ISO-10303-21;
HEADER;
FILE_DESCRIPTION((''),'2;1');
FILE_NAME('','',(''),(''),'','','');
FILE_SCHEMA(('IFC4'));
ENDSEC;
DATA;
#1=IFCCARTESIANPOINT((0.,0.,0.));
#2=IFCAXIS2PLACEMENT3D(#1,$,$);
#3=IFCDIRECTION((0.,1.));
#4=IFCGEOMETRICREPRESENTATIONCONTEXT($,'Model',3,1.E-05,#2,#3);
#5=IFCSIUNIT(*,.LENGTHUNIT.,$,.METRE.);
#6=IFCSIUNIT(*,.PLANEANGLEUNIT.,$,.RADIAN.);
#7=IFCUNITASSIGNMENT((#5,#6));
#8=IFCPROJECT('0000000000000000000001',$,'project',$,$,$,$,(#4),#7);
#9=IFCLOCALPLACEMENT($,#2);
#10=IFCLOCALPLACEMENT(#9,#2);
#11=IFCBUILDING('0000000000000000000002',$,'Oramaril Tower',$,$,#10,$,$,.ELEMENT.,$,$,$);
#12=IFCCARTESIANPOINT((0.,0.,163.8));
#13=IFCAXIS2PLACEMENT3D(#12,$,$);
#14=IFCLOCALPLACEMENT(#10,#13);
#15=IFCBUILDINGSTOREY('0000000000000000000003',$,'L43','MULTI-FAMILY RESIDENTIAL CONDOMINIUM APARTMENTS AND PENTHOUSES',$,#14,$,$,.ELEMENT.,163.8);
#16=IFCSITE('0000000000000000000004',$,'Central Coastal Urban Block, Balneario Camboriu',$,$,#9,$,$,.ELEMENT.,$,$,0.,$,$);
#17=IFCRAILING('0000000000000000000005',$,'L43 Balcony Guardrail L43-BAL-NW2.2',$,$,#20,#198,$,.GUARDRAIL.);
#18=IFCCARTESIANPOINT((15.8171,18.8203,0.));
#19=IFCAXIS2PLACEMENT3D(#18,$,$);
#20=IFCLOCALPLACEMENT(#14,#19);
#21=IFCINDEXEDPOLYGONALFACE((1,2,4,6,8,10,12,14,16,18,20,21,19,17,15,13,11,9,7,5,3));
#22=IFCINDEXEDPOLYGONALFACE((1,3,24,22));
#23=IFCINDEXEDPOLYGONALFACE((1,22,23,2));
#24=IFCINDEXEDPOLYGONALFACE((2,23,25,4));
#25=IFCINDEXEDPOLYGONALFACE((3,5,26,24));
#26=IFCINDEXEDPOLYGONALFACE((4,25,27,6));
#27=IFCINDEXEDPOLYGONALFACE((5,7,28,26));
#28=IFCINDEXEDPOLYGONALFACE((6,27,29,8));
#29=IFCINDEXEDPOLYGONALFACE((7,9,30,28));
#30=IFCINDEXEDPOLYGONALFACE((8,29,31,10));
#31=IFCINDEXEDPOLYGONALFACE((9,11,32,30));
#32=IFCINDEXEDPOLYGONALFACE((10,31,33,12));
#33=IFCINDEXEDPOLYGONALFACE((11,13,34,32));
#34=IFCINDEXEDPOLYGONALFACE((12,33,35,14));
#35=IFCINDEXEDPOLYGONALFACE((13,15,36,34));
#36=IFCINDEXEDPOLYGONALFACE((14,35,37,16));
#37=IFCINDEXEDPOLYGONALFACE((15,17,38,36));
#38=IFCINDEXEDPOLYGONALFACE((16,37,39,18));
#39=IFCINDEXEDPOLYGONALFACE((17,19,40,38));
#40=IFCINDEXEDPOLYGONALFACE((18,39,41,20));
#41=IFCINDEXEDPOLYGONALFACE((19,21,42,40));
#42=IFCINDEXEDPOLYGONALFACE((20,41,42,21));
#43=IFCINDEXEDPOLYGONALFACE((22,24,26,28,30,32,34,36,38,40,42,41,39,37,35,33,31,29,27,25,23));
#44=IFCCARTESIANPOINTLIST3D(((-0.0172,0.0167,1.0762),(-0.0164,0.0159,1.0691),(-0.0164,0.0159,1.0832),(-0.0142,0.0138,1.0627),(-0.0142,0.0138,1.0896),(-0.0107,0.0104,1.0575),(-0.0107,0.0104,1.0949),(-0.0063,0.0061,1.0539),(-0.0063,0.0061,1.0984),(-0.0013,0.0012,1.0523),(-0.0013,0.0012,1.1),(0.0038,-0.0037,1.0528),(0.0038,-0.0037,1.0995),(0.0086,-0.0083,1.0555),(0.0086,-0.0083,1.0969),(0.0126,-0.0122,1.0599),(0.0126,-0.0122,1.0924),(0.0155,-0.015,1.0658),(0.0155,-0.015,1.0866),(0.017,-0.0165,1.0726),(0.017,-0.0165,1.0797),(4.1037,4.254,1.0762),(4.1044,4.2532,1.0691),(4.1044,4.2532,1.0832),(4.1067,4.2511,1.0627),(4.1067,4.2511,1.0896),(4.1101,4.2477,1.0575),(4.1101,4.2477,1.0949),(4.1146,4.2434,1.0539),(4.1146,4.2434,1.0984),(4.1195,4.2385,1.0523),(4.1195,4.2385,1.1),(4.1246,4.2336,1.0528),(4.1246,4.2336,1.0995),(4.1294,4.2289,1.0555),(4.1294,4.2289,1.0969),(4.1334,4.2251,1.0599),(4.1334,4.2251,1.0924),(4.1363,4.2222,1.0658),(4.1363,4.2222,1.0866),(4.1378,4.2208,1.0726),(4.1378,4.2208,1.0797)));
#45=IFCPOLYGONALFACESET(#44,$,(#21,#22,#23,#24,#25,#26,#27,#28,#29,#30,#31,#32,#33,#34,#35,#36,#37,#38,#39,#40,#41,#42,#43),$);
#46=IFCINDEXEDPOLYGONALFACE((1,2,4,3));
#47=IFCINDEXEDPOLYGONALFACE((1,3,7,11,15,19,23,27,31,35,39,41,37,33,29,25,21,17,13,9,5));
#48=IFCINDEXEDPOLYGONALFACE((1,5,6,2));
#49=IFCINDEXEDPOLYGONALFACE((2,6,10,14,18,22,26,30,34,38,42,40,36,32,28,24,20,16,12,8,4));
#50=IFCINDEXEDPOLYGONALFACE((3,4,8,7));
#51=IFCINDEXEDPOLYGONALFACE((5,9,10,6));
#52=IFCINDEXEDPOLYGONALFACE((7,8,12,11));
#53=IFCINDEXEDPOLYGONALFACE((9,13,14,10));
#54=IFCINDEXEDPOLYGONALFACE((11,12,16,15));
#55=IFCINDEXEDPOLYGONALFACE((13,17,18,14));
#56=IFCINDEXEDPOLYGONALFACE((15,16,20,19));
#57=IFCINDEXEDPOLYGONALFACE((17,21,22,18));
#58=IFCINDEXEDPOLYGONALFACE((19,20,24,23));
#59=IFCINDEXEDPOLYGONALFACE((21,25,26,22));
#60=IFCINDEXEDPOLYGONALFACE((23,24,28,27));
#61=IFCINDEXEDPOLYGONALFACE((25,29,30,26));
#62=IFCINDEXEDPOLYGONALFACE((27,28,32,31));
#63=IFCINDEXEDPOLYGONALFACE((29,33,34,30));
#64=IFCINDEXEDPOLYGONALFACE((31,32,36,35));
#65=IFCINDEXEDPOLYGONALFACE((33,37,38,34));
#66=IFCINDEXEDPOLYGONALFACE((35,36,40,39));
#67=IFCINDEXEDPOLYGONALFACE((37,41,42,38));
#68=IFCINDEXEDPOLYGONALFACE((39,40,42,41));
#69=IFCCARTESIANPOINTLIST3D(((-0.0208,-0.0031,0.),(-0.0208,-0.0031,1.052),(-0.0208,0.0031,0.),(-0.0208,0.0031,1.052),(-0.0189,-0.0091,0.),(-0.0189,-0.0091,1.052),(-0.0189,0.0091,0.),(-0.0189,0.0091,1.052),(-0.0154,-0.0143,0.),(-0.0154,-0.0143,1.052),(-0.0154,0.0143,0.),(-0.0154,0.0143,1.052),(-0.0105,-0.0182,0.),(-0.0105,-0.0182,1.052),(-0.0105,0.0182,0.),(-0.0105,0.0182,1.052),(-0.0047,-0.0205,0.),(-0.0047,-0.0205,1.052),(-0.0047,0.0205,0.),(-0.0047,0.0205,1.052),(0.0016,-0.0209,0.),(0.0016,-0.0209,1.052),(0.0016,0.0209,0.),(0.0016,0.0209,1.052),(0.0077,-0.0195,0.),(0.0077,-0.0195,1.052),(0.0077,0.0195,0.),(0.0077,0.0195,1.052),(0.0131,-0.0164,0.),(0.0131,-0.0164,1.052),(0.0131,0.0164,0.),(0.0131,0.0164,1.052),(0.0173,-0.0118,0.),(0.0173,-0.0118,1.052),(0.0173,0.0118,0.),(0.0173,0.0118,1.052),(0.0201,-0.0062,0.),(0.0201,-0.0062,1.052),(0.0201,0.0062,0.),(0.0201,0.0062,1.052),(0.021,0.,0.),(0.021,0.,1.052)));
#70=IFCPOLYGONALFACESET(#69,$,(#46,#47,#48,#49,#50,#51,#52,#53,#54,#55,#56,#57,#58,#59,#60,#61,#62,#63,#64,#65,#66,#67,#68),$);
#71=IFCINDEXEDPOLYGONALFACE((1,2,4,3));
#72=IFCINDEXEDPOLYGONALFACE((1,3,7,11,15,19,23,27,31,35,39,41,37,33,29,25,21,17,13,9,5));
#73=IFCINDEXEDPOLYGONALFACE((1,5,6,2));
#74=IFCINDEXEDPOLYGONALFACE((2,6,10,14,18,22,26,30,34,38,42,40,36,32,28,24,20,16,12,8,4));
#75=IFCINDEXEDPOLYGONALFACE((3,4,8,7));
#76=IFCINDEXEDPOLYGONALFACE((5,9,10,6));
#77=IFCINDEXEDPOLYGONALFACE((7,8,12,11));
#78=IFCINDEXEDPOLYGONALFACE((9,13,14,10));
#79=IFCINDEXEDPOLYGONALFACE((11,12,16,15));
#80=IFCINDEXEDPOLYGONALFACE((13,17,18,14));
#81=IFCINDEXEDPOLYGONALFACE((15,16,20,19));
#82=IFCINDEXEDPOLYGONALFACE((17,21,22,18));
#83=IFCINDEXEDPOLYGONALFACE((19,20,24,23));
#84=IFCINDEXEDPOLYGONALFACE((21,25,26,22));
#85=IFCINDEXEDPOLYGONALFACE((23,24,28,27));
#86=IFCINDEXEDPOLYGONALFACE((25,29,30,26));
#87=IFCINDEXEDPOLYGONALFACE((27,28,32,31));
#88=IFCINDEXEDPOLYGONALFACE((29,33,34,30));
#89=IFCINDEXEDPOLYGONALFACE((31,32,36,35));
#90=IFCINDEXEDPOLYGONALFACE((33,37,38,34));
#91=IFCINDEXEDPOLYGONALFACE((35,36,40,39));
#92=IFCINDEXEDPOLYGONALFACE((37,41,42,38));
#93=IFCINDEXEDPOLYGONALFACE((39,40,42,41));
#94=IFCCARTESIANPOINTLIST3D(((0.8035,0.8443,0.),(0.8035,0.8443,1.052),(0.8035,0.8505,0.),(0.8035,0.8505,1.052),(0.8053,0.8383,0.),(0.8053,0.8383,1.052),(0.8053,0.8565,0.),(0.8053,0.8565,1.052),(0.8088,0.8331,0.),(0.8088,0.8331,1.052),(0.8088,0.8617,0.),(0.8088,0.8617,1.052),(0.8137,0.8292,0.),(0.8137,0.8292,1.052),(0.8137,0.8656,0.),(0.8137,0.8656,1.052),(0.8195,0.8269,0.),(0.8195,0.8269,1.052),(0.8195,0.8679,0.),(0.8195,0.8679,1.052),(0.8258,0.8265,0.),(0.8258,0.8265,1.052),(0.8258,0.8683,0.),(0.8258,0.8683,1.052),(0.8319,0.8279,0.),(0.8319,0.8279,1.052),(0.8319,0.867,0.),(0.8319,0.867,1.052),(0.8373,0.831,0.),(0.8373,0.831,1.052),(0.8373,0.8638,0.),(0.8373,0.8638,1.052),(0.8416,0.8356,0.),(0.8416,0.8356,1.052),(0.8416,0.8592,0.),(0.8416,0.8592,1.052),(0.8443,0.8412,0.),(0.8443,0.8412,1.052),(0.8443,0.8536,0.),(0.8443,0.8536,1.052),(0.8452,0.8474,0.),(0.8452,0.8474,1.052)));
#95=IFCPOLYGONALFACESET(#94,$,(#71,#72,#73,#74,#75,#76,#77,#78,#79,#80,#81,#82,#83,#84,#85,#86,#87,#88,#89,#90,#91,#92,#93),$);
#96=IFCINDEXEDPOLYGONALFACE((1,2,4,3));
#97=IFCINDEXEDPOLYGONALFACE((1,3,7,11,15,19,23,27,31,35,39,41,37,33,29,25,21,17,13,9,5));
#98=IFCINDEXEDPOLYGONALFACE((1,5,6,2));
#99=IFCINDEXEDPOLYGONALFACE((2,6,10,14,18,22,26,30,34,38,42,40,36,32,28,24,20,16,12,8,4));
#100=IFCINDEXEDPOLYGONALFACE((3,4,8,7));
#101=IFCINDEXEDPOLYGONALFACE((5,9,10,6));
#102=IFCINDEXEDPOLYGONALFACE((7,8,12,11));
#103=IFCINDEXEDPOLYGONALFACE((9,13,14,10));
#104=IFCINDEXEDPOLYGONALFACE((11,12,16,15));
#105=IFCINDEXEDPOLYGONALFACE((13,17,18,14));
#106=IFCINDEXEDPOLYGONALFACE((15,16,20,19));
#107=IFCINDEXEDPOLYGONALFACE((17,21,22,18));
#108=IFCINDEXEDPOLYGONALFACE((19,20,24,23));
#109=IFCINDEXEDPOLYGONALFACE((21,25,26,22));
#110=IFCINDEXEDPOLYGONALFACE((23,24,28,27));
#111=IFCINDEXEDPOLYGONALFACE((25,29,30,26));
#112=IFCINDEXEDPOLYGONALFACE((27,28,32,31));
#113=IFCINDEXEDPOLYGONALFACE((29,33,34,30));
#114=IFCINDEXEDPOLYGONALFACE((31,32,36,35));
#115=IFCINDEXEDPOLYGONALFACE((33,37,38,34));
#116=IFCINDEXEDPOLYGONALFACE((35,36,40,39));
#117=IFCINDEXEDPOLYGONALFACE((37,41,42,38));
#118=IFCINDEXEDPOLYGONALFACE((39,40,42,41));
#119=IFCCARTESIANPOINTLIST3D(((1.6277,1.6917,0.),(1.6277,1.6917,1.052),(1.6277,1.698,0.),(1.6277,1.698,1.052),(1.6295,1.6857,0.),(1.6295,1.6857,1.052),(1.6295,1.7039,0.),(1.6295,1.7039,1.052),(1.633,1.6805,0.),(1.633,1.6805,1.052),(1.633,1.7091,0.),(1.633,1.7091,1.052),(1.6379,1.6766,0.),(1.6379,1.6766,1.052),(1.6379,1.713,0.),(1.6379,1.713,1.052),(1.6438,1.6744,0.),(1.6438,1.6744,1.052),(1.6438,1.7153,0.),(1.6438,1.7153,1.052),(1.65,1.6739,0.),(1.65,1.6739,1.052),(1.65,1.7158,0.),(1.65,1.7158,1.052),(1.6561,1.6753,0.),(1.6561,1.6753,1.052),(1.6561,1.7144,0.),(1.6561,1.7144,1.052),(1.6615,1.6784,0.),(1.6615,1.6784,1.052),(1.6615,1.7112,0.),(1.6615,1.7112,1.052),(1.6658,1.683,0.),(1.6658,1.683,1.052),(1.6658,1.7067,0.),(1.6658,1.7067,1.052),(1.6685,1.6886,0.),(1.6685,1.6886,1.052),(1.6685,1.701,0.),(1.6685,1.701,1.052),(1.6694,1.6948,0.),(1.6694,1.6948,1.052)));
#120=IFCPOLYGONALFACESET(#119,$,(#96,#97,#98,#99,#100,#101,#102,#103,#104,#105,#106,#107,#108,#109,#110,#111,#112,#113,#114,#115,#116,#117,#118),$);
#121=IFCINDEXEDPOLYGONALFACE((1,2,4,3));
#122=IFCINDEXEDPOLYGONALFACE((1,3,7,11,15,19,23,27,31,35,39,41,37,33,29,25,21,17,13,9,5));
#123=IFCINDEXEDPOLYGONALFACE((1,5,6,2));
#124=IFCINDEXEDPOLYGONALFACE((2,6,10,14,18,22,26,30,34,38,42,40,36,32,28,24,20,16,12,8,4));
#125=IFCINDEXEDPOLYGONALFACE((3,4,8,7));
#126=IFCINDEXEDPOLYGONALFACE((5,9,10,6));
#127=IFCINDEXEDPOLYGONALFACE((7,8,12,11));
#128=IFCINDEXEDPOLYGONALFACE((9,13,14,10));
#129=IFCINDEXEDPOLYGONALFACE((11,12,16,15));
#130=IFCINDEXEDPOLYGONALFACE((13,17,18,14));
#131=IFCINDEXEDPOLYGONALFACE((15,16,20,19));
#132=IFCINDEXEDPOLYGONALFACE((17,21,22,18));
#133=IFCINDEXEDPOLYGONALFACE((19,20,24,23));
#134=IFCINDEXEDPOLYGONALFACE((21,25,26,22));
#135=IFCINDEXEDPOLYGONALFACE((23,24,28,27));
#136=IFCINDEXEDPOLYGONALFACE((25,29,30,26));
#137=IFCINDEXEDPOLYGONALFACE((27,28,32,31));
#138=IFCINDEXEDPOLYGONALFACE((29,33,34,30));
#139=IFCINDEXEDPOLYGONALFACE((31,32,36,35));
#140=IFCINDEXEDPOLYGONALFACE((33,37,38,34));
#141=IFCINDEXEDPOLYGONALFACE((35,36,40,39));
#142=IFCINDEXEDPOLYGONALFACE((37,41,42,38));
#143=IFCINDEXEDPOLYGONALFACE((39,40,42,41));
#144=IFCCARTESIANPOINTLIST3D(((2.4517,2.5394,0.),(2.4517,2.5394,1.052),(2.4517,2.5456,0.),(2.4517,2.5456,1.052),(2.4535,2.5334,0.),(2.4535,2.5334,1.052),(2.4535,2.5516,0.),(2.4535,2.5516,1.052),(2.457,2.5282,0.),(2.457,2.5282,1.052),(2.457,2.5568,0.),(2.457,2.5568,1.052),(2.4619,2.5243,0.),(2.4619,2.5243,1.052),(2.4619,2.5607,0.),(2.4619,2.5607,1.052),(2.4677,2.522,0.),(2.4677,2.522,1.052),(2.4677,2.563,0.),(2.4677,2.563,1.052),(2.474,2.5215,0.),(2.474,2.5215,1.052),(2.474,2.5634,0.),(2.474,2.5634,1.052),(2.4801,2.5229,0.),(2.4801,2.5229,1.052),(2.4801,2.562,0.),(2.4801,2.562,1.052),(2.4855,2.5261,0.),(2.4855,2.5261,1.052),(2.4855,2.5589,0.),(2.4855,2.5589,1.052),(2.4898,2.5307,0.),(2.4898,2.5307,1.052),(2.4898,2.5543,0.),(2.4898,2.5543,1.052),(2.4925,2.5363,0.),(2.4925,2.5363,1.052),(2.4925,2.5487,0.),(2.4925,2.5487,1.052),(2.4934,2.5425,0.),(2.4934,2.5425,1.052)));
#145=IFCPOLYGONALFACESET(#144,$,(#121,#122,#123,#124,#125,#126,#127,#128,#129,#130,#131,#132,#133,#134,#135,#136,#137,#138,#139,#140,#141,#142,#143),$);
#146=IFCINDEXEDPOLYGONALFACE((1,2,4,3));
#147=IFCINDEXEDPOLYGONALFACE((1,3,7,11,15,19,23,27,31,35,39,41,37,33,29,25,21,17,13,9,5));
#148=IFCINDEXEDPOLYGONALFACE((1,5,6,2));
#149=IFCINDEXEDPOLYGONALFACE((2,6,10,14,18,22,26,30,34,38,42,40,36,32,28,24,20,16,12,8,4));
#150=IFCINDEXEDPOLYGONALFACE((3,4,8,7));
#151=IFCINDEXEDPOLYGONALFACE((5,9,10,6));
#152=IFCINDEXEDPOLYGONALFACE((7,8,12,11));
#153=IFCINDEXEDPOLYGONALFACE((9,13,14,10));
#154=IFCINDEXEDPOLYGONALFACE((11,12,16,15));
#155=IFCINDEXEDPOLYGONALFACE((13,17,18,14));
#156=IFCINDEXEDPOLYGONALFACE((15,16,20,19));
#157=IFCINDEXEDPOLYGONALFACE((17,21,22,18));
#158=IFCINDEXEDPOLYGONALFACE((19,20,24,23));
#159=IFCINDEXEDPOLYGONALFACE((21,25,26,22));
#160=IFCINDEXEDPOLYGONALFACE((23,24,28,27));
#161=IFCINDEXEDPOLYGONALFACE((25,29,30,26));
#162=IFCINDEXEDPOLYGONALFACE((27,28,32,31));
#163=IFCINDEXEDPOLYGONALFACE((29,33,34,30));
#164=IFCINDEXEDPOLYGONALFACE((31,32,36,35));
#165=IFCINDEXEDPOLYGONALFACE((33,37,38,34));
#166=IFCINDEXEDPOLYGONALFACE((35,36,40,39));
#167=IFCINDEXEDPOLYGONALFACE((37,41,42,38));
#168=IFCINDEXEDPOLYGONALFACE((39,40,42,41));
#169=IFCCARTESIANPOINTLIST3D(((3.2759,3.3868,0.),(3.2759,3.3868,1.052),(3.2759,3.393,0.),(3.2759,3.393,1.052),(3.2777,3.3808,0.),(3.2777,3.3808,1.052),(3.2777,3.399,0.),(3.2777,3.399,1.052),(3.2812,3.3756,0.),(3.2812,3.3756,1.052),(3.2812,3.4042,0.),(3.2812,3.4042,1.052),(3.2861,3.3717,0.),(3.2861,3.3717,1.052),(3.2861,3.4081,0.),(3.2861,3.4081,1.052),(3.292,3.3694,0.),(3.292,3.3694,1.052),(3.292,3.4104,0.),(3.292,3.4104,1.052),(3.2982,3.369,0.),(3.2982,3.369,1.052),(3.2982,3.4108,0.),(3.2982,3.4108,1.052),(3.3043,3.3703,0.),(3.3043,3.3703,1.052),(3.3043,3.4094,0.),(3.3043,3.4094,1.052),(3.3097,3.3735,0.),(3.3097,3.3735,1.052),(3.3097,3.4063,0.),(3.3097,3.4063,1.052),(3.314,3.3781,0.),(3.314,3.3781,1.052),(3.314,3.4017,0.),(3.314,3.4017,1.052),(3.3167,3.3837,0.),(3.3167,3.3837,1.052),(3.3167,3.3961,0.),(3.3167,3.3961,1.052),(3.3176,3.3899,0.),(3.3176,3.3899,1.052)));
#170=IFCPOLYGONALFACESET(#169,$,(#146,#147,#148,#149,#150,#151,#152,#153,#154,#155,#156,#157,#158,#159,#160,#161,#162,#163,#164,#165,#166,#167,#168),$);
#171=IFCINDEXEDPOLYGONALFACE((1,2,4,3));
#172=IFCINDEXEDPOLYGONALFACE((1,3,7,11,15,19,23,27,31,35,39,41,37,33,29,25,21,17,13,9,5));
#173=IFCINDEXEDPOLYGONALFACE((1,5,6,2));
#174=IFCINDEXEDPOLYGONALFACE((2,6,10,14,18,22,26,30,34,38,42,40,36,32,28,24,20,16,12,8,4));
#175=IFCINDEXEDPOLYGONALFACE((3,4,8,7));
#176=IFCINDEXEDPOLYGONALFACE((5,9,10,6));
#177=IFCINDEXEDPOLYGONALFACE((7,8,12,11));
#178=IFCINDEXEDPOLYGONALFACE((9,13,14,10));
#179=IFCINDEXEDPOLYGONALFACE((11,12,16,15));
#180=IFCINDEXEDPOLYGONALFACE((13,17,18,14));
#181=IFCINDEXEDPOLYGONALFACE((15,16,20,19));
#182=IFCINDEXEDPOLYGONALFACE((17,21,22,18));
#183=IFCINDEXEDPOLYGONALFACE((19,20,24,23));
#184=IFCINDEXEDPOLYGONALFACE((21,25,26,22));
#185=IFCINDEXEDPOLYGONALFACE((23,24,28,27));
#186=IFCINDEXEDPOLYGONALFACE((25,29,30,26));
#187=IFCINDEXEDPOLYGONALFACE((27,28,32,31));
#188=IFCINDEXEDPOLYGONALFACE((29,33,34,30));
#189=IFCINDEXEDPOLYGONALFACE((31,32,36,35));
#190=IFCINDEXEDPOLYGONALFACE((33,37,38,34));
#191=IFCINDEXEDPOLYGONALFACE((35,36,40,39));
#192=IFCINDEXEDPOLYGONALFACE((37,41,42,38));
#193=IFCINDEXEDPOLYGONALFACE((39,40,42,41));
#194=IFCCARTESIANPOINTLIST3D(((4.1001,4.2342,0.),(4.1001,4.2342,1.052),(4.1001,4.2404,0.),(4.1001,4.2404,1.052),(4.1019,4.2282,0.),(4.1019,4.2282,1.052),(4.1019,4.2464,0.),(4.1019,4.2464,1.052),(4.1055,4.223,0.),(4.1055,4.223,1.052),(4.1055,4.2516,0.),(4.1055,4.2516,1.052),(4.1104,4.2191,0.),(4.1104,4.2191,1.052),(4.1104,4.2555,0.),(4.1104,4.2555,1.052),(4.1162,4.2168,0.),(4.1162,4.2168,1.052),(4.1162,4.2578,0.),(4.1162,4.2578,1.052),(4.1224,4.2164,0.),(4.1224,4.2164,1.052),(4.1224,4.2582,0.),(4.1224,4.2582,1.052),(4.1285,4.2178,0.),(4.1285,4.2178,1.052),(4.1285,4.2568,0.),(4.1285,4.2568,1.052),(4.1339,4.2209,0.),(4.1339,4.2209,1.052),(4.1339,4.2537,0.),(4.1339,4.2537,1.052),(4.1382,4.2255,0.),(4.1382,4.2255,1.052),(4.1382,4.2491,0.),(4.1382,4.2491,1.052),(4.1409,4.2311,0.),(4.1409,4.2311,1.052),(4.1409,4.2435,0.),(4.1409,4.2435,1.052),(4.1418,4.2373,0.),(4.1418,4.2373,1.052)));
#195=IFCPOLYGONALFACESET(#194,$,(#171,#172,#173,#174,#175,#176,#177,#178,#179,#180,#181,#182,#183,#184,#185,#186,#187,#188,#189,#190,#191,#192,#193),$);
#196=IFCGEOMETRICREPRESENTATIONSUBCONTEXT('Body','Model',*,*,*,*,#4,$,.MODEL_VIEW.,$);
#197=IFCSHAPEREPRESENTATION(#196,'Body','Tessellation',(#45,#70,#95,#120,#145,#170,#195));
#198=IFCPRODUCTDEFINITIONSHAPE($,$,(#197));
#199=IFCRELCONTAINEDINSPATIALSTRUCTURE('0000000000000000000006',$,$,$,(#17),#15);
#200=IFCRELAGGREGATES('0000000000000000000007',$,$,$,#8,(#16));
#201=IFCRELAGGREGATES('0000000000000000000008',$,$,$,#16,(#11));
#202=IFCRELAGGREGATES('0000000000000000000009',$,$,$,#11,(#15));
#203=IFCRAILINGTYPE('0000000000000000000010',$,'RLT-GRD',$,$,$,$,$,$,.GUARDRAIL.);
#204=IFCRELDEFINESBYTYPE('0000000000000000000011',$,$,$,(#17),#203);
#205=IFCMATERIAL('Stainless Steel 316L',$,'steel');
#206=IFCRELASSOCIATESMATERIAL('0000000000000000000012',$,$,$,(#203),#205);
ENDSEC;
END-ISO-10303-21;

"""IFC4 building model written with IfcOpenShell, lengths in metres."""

from ifc_helpers import new_model, si_unit, direction, frame, origin, origin_2d, place, context, subcontext, project, spatial, circle, extrude, material, type_object, element, save


model = new_model("IFC4")

# Units and contexts
model_context = context("Model", 3, precision=1e-05, world=origin(), true_north=direction((0.0, 1.0)))
body_context = subcontext(model_context, "Body", "Model", "MODEL_VIEW")
ifc_project = project(units=[si_unit("LENGTHUNIT", "METRE"), si_unit("PLANEANGLEUNIT", "RADIAN")], contexts=[model_context])

# Site, building, storey
site_placement = place(None, origin())
site = spatial("IfcSite", under=ifc_project, at=site_placement, Name="Central Coastal Urban Block, Balneario Camboriu", CompositionType="ELEMENT", RefElevation=0.0)
building_placement = place(site_placement, origin())
building = spatial("IfcBuilding", under=site, at=building_placement, Name="Oramaril Tower", CompositionType="ELEMENT")
storey_placement = place(building_placement, frame((0.0, 0.0, 163.8)))
storey = spatial("IfcBuildingStorey", under=building, at=storey_placement, Name="L43", Description="MULTI-FAMILY RESIDENTIAL CONDOMINIUM APARTMENTS AND PENTHOUSES", CompositionType="ELEMENT", Elevation=163.8)

# Railing
ifc_material_1 = material(Name="Stainless Steel 316L", Category="steel")
railing_type = type_object("IfcRailingType", Name="RLT-GRD", PredefinedType="GUARDRAIL", material=ifc_material_1)
railing_1_placement = place(storey_placement, frame((15.8171, 18.8203, 0.0)))
element("IfcRailing", 1, at=railing_1_placement, inside=storey, type_object=railing_type, Name="L43 Balcony Guardrail L43-BAL-NW2.2", PredefinedType="GUARDRAIL", context=body_context, shape_type="SweptSolid", body=[
    extrude(circle(Radius=0.0239, at=origin_2d()), frame((0.0, 0.0, 1.0762), z_axis=(0.697187, 0.716889, 0.0), x_axis=(-0.716889, 0.697187, 0.0)), (0.0, 0.0, 1.0), 5.9106),
    extrude(circle(Radius=0.021, at=origin_2d()), origin(), (0.0, 0.0, 1.0), 1.052),
    extrude(circle(Radius=0.021, at=origin_2d()), frame((0.8242, 0.8474, 0.0)), (0.0, 0.0, 1.0), 1.052),
    extrude(circle(Radius=0.021, at=origin_2d()), frame((1.6484, 1.6948, 0.0)), (0.0, 0.0, 1.0), 1.052),
    extrude(circle(Radius=0.021, at=origin_2d()), frame((2.4724, 2.5425, 0.0)), (0.0, 0.0, 1.0), 1.052),
    extrude(circle(Radius=0.021, at=origin_2d()), frame((3.2966, 3.3899, 0.0)), (0.0, 0.0, 1.0), 1.052),
    extrude(circle(Radius=0.021, at=origin_2d()), frame((4.1208, 4.2373, 0.0)), (0.0, 0.0, 1.0), 1.052),
])

save(model, "model.ifc")
